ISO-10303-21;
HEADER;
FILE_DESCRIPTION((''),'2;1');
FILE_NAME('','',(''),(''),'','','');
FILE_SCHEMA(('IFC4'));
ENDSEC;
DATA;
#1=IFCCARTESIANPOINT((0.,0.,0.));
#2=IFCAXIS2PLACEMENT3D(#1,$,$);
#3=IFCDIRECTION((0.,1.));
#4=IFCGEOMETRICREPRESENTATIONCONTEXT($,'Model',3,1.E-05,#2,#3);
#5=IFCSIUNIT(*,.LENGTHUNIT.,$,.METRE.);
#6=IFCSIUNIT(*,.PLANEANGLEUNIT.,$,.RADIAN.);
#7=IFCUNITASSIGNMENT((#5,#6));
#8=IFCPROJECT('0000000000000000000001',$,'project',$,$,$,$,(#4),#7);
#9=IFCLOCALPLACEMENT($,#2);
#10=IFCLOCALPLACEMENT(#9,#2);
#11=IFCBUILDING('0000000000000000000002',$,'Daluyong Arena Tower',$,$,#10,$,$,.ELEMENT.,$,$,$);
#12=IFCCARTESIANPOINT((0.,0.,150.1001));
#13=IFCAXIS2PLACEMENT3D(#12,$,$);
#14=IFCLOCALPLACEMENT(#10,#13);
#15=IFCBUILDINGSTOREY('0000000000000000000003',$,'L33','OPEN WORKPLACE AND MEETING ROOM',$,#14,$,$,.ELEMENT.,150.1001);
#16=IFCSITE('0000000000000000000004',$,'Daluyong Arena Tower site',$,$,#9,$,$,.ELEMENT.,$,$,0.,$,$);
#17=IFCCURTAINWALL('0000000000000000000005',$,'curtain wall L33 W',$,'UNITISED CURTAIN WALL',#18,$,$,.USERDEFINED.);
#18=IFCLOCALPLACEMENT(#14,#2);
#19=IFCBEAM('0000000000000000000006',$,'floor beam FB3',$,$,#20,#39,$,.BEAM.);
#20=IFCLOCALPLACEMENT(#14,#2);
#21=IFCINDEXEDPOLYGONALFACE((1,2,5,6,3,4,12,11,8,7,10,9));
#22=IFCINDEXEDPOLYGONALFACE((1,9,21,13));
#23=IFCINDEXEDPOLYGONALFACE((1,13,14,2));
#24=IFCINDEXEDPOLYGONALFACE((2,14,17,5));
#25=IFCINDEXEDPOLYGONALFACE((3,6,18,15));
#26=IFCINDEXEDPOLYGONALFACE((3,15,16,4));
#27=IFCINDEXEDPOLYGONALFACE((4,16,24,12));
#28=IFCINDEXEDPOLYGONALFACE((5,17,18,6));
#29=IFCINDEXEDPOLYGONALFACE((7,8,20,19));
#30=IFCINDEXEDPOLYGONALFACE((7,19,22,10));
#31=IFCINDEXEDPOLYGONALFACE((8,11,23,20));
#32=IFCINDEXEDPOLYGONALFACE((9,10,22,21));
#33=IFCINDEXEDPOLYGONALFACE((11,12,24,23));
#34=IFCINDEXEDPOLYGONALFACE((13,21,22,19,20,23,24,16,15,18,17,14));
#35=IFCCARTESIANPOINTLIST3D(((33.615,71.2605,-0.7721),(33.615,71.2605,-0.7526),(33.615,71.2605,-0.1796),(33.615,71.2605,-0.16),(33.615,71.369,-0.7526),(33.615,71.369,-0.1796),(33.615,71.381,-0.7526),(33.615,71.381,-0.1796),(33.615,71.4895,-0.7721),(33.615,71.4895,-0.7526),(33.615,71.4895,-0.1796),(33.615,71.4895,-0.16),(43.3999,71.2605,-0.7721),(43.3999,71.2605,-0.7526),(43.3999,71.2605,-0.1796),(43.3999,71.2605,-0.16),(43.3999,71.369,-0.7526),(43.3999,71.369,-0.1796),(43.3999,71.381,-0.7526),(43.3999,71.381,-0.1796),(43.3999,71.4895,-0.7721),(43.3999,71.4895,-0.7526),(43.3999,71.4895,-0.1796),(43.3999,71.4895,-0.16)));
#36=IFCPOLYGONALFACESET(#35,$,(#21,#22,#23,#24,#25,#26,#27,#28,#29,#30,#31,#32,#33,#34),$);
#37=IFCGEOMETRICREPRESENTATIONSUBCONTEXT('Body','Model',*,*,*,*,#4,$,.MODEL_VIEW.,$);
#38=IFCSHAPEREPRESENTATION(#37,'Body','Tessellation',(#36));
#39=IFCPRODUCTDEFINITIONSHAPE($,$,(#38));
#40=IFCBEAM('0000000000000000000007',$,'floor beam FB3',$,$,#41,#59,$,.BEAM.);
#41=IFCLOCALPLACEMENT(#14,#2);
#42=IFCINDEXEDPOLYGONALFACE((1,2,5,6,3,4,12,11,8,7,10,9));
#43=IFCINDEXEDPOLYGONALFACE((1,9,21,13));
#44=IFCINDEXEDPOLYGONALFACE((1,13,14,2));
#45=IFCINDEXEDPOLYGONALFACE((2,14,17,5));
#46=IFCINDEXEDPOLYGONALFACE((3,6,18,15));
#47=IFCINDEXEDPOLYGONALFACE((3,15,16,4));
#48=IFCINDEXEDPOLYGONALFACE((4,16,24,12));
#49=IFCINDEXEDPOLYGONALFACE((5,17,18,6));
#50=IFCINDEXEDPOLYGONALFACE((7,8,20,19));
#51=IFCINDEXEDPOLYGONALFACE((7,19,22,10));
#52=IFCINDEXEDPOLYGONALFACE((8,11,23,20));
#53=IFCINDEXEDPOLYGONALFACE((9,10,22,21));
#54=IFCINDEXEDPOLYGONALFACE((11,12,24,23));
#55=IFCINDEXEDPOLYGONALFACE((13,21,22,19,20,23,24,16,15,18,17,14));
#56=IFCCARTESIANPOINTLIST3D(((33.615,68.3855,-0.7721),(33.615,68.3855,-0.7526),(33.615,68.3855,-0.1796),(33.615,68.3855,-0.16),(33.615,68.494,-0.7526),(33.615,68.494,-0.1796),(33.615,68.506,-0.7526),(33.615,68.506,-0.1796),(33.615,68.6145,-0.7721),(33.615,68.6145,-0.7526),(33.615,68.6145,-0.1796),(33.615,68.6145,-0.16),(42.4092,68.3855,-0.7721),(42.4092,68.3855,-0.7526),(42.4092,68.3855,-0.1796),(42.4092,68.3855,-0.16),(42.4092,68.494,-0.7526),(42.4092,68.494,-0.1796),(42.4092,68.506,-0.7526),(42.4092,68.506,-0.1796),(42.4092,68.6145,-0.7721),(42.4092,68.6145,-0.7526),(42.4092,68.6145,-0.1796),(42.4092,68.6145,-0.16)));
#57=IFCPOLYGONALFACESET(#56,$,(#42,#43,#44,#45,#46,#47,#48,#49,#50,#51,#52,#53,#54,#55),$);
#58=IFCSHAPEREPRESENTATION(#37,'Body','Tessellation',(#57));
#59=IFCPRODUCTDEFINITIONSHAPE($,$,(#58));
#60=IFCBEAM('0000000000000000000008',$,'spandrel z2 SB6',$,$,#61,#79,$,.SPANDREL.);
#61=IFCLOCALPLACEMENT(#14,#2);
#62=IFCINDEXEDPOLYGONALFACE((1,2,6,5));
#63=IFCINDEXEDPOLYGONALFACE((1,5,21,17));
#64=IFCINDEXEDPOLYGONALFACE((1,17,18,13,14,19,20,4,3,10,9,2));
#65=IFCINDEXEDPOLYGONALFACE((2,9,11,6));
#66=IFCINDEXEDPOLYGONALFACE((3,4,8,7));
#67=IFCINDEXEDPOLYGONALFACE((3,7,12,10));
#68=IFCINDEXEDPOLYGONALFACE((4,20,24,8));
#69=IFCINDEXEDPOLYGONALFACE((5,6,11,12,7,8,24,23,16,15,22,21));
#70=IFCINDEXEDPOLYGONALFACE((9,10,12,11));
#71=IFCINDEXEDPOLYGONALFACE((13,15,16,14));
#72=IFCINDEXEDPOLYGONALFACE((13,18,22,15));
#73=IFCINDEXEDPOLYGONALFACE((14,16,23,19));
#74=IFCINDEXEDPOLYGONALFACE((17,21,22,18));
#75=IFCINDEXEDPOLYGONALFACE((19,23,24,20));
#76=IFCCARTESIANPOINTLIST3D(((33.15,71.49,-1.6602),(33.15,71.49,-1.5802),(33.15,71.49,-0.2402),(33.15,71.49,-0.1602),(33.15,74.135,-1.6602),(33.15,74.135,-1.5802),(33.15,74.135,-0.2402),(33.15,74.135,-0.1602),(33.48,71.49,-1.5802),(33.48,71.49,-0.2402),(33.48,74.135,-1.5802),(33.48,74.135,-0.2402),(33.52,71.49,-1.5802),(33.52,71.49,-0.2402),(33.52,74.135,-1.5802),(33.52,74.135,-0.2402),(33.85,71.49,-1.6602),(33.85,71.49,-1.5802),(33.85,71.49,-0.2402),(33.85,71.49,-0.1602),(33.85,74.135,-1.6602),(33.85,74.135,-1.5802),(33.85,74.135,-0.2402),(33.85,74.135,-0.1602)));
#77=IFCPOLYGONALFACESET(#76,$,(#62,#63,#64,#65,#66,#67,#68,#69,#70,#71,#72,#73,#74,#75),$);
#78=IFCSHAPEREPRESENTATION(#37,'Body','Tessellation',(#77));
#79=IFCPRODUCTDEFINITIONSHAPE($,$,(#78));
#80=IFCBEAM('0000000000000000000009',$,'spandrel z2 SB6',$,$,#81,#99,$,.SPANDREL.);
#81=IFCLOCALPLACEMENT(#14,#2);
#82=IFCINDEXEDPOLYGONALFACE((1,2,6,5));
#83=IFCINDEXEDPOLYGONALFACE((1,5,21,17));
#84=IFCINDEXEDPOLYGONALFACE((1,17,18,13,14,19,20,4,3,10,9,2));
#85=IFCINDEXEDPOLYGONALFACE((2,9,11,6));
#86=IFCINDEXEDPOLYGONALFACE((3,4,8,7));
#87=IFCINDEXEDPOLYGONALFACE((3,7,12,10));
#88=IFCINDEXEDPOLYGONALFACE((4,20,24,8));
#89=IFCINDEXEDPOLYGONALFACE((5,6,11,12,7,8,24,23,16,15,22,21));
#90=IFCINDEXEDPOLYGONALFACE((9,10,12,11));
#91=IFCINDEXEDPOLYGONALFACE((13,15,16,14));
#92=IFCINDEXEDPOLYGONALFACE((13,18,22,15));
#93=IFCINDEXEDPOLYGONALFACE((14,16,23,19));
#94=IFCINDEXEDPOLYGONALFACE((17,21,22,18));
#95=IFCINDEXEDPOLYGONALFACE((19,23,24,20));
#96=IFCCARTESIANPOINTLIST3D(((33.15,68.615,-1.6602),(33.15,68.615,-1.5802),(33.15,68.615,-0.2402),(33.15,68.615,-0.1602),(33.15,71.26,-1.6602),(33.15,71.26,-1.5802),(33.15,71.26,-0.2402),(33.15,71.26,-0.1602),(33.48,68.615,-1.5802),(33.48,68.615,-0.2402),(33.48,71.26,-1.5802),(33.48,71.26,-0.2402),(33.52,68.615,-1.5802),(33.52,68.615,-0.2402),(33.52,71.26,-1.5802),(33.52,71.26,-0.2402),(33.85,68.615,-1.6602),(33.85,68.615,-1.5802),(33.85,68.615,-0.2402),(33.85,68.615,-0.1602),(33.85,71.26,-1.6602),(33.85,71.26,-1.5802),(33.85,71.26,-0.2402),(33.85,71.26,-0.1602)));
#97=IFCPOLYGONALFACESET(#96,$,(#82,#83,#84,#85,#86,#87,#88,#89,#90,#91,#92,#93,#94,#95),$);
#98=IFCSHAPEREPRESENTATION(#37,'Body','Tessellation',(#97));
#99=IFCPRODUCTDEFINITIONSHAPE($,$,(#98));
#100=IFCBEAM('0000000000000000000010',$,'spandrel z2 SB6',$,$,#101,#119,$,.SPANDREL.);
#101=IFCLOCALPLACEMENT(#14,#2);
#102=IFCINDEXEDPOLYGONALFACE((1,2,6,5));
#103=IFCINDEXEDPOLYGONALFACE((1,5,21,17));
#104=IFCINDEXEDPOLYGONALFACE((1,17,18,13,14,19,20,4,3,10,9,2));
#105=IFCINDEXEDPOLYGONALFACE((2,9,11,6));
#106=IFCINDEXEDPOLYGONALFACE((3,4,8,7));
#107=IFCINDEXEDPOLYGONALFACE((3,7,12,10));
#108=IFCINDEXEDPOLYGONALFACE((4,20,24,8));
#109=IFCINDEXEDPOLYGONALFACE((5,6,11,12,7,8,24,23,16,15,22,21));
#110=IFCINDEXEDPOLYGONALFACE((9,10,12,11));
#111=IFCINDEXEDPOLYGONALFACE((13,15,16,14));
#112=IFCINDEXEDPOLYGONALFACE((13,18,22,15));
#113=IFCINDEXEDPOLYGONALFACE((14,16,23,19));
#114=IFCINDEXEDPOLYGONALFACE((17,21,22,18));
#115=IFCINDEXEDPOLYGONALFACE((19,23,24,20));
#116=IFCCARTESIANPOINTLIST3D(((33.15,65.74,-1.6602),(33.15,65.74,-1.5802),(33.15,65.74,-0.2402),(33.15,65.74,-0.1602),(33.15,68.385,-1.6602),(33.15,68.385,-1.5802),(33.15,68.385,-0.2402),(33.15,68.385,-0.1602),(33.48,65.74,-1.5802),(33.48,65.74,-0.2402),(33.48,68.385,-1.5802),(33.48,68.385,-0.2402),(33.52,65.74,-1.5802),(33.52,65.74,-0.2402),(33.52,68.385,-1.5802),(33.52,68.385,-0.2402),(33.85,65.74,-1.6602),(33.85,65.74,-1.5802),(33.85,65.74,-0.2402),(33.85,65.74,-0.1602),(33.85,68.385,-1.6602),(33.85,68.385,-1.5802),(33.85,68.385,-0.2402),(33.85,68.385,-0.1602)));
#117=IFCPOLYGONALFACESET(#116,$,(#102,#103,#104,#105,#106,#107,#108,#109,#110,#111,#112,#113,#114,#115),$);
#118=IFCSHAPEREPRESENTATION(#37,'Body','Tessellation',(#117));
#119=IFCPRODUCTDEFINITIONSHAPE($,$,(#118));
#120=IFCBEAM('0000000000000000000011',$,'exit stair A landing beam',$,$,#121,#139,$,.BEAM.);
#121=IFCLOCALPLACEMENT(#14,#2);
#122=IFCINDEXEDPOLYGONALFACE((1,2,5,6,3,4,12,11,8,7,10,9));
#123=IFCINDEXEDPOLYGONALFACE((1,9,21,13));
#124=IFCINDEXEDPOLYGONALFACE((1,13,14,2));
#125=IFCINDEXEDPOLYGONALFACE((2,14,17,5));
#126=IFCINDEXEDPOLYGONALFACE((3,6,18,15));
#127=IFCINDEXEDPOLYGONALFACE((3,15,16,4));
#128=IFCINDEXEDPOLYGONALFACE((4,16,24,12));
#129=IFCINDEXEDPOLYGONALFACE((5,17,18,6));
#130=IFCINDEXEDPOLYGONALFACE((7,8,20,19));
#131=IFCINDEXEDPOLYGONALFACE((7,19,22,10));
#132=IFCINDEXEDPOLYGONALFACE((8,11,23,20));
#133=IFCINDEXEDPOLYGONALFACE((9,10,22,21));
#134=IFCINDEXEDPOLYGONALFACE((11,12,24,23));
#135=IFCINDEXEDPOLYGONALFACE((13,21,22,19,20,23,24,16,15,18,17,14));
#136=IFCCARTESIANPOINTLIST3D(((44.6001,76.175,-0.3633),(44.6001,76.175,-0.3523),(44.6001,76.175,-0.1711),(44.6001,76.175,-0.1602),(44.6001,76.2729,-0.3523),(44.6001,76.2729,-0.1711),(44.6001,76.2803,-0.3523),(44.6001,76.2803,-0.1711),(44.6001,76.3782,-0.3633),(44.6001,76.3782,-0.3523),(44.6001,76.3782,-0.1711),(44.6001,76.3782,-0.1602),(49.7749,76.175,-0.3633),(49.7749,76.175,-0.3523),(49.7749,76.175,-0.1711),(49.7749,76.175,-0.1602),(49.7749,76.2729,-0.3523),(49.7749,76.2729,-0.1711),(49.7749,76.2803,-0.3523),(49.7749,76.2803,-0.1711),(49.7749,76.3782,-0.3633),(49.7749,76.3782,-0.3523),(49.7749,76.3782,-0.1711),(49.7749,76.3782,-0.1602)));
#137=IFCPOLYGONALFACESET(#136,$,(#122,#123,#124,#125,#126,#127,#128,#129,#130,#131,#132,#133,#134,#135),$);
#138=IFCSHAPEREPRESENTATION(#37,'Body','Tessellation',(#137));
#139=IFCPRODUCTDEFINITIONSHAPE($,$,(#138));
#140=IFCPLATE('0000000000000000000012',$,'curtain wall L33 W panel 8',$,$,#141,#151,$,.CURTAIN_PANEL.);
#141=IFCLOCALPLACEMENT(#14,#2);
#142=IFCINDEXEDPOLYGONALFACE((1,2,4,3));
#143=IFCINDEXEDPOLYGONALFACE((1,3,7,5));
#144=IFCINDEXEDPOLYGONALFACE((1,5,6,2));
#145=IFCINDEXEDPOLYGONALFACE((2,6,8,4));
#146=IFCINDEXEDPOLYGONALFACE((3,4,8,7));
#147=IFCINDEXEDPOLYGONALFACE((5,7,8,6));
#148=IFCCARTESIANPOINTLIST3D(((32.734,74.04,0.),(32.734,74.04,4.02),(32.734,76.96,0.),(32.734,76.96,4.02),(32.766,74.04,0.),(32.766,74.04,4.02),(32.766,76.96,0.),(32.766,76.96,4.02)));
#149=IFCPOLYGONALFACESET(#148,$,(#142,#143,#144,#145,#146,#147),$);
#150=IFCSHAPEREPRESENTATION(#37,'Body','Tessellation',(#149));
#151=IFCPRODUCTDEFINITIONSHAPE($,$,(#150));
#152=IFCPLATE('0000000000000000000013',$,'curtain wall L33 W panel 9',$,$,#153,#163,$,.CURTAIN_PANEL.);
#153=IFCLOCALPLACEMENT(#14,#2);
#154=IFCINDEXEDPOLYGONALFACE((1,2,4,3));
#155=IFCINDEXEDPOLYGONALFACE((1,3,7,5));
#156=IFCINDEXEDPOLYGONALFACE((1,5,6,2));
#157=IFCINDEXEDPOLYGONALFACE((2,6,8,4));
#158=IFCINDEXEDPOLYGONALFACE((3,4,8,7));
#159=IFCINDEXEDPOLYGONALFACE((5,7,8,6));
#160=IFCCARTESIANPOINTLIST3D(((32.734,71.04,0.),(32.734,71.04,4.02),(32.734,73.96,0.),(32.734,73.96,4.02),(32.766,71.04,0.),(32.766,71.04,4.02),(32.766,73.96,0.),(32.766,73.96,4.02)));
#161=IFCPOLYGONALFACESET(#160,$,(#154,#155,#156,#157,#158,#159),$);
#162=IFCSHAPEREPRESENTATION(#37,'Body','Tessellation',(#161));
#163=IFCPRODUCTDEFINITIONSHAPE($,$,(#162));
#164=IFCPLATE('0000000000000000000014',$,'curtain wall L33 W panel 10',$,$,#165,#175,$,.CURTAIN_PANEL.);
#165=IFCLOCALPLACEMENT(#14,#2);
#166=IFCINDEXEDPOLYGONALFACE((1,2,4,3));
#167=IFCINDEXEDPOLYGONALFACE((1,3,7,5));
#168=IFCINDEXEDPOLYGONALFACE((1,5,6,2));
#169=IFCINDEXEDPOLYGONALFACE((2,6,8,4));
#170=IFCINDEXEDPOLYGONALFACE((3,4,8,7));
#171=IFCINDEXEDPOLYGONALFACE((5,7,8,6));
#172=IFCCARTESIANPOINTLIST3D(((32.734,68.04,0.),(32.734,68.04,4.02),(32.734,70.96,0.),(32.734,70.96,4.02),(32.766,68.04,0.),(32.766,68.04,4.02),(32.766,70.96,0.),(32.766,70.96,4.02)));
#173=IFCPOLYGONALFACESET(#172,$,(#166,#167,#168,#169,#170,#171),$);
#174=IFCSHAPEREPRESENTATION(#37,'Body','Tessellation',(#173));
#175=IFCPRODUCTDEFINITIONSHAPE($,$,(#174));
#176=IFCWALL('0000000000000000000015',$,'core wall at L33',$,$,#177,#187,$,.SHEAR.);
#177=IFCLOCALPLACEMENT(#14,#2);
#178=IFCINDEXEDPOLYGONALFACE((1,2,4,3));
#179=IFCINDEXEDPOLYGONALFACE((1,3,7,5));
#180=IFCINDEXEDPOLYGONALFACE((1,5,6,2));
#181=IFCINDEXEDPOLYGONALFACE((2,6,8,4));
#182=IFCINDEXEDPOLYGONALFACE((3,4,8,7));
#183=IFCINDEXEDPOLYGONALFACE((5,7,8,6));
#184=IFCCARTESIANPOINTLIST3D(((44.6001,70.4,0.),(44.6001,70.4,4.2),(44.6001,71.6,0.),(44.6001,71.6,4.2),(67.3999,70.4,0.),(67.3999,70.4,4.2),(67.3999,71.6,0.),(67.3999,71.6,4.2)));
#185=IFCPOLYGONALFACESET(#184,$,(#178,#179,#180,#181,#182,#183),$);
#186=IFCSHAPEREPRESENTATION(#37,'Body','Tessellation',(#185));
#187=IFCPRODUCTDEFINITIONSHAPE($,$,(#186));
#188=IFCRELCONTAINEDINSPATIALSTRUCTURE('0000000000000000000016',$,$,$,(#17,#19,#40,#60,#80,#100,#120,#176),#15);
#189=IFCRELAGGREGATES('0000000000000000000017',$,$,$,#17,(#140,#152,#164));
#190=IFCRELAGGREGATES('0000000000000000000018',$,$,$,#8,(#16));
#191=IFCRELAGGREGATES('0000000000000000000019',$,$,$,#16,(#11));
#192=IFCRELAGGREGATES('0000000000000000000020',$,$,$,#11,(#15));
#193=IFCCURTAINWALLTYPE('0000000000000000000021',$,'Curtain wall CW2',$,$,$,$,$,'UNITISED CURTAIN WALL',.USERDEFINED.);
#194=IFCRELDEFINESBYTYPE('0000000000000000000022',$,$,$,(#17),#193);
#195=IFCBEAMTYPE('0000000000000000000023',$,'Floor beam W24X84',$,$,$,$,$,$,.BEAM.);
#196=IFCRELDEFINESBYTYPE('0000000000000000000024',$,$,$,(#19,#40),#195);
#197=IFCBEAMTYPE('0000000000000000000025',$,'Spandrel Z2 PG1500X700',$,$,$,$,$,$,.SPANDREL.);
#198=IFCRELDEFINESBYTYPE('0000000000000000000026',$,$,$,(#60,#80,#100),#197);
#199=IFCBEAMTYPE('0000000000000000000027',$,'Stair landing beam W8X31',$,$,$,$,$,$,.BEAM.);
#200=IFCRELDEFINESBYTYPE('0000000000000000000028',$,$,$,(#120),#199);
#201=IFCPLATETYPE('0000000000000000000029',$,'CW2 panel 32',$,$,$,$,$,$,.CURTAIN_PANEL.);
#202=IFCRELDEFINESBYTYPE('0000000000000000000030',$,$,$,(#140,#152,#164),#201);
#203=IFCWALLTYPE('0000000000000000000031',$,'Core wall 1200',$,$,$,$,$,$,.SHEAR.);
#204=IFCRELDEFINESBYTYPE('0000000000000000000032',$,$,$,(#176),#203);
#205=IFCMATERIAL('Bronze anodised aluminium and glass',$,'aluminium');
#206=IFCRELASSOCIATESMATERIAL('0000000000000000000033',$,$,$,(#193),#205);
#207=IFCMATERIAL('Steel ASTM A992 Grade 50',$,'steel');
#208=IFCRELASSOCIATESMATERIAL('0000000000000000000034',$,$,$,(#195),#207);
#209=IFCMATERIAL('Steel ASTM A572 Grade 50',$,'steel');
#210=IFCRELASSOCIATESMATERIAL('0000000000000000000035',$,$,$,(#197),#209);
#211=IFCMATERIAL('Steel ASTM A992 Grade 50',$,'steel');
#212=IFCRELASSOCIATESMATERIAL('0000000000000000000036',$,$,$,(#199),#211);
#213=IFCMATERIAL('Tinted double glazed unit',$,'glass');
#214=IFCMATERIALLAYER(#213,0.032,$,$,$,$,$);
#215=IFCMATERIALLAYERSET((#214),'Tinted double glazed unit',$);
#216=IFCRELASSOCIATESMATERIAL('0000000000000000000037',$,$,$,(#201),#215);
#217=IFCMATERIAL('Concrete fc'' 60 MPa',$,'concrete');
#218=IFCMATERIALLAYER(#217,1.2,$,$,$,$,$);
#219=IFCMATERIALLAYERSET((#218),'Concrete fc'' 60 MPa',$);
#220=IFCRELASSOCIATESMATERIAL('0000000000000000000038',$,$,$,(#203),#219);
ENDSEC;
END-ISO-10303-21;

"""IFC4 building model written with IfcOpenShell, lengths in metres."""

from ifc_helpers import new_model, si_unit, direction, frame, frame_2d, origin, origin_2d, place, context, subcontext, project, spatial, rectangle, i_section, extrude, material, layer, layer_set, material_profile, profile_set, type_object, element, aggregate, save


model = new_model("IFC4")

# Units and contexts
model_context = context("Model", 3, precision=1e-05, world=origin(), true_north=direction((0.0, 1.0)))
body_context = subcontext(model_context, "Body", "Model", "MODEL_VIEW")
ifc_project = project(units=[si_unit("LENGTHUNIT", "METRE"), si_unit("PLANEANGLEUNIT", "RADIAN")], contexts=[model_context])

# Site, building, storey
site_placement = place(None, origin())
site = spatial("IfcSite", under=ifc_project, at=site_placement, Name="Daluyong Arena Tower site", CompositionType="ELEMENT", RefElevation=0.0)
building_placement = place(site_placement, origin())
building = spatial("IfcBuilding", under=site, at=building_placement, Name="Daluyong Arena Tower", CompositionType="ELEMENT")
storey_placement = place(building_placement, frame((0.0, 0.0, 150.1001)))
storey = spatial("IfcBuildingStorey", under=building, at=storey_placement, Name="L33", Description="OPEN WORKPLACE AND MEETING ROOM", CompositionType="ELEMENT", Elevation=150.1001)

# Curtain wall
ifc_material_1 = material(Name="Bronze anodised aluminium and glass", Category="aluminium")
curtain_wall_type = type_object("IfcCurtainWallType", Name="Curtain wall CW2", ElementType="UNITISED CURTAIN WALL", PredefinedType="USERDEFINED", material=ifc_material_1)
curtain_wall_placement = place(storey_placement, origin())
curtain_wall = element("IfcCurtainWall", 1, at=curtain_wall_placement, inside=storey, type_object=curtain_wall_type, Name="curtain wall L33 W", ObjectType="UNITISED CURTAIN WALL", PredefinedType="USERDEFINED")

# Beams
ifc_material_2 = material(Name="Steel ASTM A992 Grade 50", Category="steel")
ifc_material_profile_1 = material_profile(ifc_material_2, i_section(OverallWidth=0.229, OverallDepth=0.6121, WebThickness=0.012, FlangeThickness=0.0195, at=origin_2d()))
ifc_profile_set_1 = profile_set([ifc_material_profile_1], Name="Steel ASTM A992 Grade 50")
beam_type_1 = type_object("IfcBeamType", Name="Floor beam W24X84", PredefinedType="BEAM", material=ifc_profile_set_1)
for number, where, z_axis, x_axis, name in (
    (2, (33.615, 71.375, -0.4661), (1.0, 0.0, 0.0), (0.0, 1.0, 0.0), "floor beam FB3"),
):
    element("IfcBeam", number, at=place(storey_placement, frame(where, z_axis=z_axis, x_axis=x_axis)), inside=storey, type_object=beam_type_1, Name=name, PredefinedType="BEAM", context=body_context, shape_type="SweptSolid", body=[
        extrude(i_section(OverallWidth=0.229, OverallDepth=0.6121, WebThickness=0.012, FlangeThickness=0.0195, at=origin_2d()), origin(), (0.0, 0.0, 1.0), 9.7849),
    ])
beam_1_placement = place(storey_placement, frame((33.615, 68.5, -0.4661), z_axis=(1.0, 0.0, 0.0), x_axis=(0.0, 1.0, 0.0)))
element("IfcBeam", 3, at=beam_1_placement, inside=storey, type_object=beam_type_1, Name="floor beam FB3", PredefinedType="BEAM", context=body_context, shape_type="SweptSolid", body=[
    extrude(i_section(OverallWidth=0.229, OverallDepth=0.6121, WebThickness=0.012, FlangeThickness=0.0195, at=origin_2d()), origin(), (0.0, 0.0, 1.0), 8.7942),
])
ifc_material_3 = material(Name="Steel ASTM A572 Grade 50", Category="steel")
ifc_material_profile_2 = material_profile(ifc_material_3, i_section(OverallWidth=0.7, OverallDepth=1.5, WebThickness=0.04, FlangeThickness=0.08, at=origin_2d()))
ifc_profile_set_2 = profile_set([ifc_material_profile_2], Name="Steel ASTM A572 Grade 50")
beam_type_2 = type_object("IfcBeamType", Name="Spandrel Z2 PG1500X700", PredefinedType="SPANDREL", material=ifc_profile_set_2)
for number, where, z_axis, x_axis, name in (
    (4, (33.5, 74.135, -0.9102), (0.0, -1.0, 0.0), (1.0, 0.0, 0.0), "spandrel z2 SB6"),
    (5, (33.5, 71.26, -0.9102), (0.0, -1.0, 0.0), (1.0, 0.0, 0.0), "spandrel z2 SB6"),
    (6, (33.5, 68.385, -0.9102), (0.0, -1.0, 0.0), (1.0, 0.0, 0.0), "spandrel z2 SB6"),
):
    element("IfcBeam", number, at=place(storey_placement, frame(where, z_axis=z_axis, x_axis=x_axis)), inside=storey, type_object=beam_type_2, Name=name, PredefinedType="SPANDREL", context=body_context, shape_type="SweptSolid", body=[
        extrude(i_section(OverallWidth=0.7, OverallDepth=1.5, WebThickness=0.04, FlangeThickness=0.08, at=origin_2d()), origin(), (0.0, 0.0, 1.0), 2.645),
    ])
ifc_material_4 = material(Name="Steel ASTM A992 Grade 50", Category="steel")
ifc_material_profile_3 = material_profile(ifc_material_4, i_section(OverallWidth=0.2031, OverallDepth=0.2031, WebThickness=0.0073, FlangeThickness=0.011, at=origin_2d()))
ifc_profile_set_3 = profile_set([ifc_material_profile_3], Name="Steel ASTM A992 Grade 50")
beam_type_3 = type_object("IfcBeamType", Name="Stair landing beam W8X31", PredefinedType="BEAM", material=ifc_profile_set_3)
beam_2_placement = place(storey_placement, frame((44.6001, 76.2766, -0.2617), z_axis=(1.0, 0.0, 0.0), x_axis=(0.0, 1.0, 0.0)))
element("IfcBeam", 7, at=beam_2_placement, inside=storey, type_object=beam_type_3, Name="exit stair A landing beam", PredefinedType="BEAM", context=body_context, shape_type="SweptSolid", body=[
    extrude(i_section(OverallWidth=0.2031, OverallDepth=0.2031, WebThickness=0.0073, FlangeThickness=0.011, at=origin_2d()), origin(), (0.0, 0.0, 1.0), 5.1748),
])

# Plates
ifc_material_5 = material(Name="Tinted double glazed unit", Category="glass")
ifc_layer_1 = layer(ifc_material_5, 0.032)
ifc_layer_set_1 = layer_set([ifc_layer_1], Name="Tinted double glazed unit")
plate_type = type_object("IfcPlateType", Name="CW2 panel 32", PredefinedType="CURTAIN_PANEL", material=ifc_layer_set_1)
plate_1_placement = place(storey_placement, frame((32.75, 75.5, 0.0), z_axis=(0.0, 0.0, 1.0), x_axis=(0.0, -1.0, 0.0)))
plate_1 = element("IfcPlate", 8, at=plate_1_placement, type_object=plate_type, Name="curtain wall L33 W panel 8", PredefinedType="CURTAIN_PANEL", context=body_context, shape_type="SweptSolid", body=[
    extrude(rectangle(XDim=2.9199, YDim=0.032, at=origin_2d()), origin(), (0.0, 0.0, 1.0), 4.02),
])
plate_2_placement = place(storey_placement, frame((32.75, 72.5, 0.0), z_axis=(0.0, 0.0, 1.0), x_axis=(0.0, -1.0, 0.0)))
plate_2 = element("IfcPlate", 9, at=plate_2_placement, type_object=plate_type, Name="curtain wall L33 W panel 9", PredefinedType="CURTAIN_PANEL", context=body_context, shape_type="SweptSolid", body=[
    extrude(rectangle(XDim=2.9199, YDim=0.032, at=origin_2d()), origin(), (0.0, 0.0, 1.0), 4.02),
])
plate_3_placement = place(storey_placement, frame((32.75, 69.5, 0.0), z_axis=(0.0, 0.0, 1.0), x_axis=(0.0, -1.0, 0.0)))
plate_3 = element("IfcPlate", 10, at=plate_3_placement, type_object=plate_type, Name="curtain wall L33 W panel 10", PredefinedType="CURTAIN_PANEL", context=body_context, shape_type="SweptSolid", body=[
    extrude(rectangle(XDim=2.9199, YDim=0.032, at=origin_2d()), origin(), (0.0, 0.0, 1.0), 4.02),
])
aggregate(curtain_wall, [plate_1, plate_2, plate_3])

# Shared definitions
ifc_material_6 = material(Name="Concrete fc' 60 MPa", Category="concrete")
ifc_layer_2 = layer(ifc_material_6, 1.2)
ifc_layer_set_2 = layer_set([ifc_layer_2], Name="Concrete fc' 60 MPa")
wall_type_1 = type_object("IfcWallType", Name="Core wall 1200", PredefinedType="SHEAR", material=ifc_layer_set_2)

# Wall
wall_1_placement = place(storey_placement, frame((44.6001, 71.0, 0.0), z_axis=(0.0, 0.0, 1.0), x_axis=(1.0, 0.0, 0.0)))
element("IfcWall", 11, at=wall_1_placement, inside=storey, type_object=wall_type_1, Name="core wall at L33", PredefinedType="SHEAR", context=body_context, shape_type="SweptSolid", body=[
    extrude(rectangle(XDim=22.7998, YDim=1.2, at=frame_2d((11.3999, 0.0))), origin(), (0.0, 0.0, 1.0), 4.2),
])

save(model, "model.ifc")
